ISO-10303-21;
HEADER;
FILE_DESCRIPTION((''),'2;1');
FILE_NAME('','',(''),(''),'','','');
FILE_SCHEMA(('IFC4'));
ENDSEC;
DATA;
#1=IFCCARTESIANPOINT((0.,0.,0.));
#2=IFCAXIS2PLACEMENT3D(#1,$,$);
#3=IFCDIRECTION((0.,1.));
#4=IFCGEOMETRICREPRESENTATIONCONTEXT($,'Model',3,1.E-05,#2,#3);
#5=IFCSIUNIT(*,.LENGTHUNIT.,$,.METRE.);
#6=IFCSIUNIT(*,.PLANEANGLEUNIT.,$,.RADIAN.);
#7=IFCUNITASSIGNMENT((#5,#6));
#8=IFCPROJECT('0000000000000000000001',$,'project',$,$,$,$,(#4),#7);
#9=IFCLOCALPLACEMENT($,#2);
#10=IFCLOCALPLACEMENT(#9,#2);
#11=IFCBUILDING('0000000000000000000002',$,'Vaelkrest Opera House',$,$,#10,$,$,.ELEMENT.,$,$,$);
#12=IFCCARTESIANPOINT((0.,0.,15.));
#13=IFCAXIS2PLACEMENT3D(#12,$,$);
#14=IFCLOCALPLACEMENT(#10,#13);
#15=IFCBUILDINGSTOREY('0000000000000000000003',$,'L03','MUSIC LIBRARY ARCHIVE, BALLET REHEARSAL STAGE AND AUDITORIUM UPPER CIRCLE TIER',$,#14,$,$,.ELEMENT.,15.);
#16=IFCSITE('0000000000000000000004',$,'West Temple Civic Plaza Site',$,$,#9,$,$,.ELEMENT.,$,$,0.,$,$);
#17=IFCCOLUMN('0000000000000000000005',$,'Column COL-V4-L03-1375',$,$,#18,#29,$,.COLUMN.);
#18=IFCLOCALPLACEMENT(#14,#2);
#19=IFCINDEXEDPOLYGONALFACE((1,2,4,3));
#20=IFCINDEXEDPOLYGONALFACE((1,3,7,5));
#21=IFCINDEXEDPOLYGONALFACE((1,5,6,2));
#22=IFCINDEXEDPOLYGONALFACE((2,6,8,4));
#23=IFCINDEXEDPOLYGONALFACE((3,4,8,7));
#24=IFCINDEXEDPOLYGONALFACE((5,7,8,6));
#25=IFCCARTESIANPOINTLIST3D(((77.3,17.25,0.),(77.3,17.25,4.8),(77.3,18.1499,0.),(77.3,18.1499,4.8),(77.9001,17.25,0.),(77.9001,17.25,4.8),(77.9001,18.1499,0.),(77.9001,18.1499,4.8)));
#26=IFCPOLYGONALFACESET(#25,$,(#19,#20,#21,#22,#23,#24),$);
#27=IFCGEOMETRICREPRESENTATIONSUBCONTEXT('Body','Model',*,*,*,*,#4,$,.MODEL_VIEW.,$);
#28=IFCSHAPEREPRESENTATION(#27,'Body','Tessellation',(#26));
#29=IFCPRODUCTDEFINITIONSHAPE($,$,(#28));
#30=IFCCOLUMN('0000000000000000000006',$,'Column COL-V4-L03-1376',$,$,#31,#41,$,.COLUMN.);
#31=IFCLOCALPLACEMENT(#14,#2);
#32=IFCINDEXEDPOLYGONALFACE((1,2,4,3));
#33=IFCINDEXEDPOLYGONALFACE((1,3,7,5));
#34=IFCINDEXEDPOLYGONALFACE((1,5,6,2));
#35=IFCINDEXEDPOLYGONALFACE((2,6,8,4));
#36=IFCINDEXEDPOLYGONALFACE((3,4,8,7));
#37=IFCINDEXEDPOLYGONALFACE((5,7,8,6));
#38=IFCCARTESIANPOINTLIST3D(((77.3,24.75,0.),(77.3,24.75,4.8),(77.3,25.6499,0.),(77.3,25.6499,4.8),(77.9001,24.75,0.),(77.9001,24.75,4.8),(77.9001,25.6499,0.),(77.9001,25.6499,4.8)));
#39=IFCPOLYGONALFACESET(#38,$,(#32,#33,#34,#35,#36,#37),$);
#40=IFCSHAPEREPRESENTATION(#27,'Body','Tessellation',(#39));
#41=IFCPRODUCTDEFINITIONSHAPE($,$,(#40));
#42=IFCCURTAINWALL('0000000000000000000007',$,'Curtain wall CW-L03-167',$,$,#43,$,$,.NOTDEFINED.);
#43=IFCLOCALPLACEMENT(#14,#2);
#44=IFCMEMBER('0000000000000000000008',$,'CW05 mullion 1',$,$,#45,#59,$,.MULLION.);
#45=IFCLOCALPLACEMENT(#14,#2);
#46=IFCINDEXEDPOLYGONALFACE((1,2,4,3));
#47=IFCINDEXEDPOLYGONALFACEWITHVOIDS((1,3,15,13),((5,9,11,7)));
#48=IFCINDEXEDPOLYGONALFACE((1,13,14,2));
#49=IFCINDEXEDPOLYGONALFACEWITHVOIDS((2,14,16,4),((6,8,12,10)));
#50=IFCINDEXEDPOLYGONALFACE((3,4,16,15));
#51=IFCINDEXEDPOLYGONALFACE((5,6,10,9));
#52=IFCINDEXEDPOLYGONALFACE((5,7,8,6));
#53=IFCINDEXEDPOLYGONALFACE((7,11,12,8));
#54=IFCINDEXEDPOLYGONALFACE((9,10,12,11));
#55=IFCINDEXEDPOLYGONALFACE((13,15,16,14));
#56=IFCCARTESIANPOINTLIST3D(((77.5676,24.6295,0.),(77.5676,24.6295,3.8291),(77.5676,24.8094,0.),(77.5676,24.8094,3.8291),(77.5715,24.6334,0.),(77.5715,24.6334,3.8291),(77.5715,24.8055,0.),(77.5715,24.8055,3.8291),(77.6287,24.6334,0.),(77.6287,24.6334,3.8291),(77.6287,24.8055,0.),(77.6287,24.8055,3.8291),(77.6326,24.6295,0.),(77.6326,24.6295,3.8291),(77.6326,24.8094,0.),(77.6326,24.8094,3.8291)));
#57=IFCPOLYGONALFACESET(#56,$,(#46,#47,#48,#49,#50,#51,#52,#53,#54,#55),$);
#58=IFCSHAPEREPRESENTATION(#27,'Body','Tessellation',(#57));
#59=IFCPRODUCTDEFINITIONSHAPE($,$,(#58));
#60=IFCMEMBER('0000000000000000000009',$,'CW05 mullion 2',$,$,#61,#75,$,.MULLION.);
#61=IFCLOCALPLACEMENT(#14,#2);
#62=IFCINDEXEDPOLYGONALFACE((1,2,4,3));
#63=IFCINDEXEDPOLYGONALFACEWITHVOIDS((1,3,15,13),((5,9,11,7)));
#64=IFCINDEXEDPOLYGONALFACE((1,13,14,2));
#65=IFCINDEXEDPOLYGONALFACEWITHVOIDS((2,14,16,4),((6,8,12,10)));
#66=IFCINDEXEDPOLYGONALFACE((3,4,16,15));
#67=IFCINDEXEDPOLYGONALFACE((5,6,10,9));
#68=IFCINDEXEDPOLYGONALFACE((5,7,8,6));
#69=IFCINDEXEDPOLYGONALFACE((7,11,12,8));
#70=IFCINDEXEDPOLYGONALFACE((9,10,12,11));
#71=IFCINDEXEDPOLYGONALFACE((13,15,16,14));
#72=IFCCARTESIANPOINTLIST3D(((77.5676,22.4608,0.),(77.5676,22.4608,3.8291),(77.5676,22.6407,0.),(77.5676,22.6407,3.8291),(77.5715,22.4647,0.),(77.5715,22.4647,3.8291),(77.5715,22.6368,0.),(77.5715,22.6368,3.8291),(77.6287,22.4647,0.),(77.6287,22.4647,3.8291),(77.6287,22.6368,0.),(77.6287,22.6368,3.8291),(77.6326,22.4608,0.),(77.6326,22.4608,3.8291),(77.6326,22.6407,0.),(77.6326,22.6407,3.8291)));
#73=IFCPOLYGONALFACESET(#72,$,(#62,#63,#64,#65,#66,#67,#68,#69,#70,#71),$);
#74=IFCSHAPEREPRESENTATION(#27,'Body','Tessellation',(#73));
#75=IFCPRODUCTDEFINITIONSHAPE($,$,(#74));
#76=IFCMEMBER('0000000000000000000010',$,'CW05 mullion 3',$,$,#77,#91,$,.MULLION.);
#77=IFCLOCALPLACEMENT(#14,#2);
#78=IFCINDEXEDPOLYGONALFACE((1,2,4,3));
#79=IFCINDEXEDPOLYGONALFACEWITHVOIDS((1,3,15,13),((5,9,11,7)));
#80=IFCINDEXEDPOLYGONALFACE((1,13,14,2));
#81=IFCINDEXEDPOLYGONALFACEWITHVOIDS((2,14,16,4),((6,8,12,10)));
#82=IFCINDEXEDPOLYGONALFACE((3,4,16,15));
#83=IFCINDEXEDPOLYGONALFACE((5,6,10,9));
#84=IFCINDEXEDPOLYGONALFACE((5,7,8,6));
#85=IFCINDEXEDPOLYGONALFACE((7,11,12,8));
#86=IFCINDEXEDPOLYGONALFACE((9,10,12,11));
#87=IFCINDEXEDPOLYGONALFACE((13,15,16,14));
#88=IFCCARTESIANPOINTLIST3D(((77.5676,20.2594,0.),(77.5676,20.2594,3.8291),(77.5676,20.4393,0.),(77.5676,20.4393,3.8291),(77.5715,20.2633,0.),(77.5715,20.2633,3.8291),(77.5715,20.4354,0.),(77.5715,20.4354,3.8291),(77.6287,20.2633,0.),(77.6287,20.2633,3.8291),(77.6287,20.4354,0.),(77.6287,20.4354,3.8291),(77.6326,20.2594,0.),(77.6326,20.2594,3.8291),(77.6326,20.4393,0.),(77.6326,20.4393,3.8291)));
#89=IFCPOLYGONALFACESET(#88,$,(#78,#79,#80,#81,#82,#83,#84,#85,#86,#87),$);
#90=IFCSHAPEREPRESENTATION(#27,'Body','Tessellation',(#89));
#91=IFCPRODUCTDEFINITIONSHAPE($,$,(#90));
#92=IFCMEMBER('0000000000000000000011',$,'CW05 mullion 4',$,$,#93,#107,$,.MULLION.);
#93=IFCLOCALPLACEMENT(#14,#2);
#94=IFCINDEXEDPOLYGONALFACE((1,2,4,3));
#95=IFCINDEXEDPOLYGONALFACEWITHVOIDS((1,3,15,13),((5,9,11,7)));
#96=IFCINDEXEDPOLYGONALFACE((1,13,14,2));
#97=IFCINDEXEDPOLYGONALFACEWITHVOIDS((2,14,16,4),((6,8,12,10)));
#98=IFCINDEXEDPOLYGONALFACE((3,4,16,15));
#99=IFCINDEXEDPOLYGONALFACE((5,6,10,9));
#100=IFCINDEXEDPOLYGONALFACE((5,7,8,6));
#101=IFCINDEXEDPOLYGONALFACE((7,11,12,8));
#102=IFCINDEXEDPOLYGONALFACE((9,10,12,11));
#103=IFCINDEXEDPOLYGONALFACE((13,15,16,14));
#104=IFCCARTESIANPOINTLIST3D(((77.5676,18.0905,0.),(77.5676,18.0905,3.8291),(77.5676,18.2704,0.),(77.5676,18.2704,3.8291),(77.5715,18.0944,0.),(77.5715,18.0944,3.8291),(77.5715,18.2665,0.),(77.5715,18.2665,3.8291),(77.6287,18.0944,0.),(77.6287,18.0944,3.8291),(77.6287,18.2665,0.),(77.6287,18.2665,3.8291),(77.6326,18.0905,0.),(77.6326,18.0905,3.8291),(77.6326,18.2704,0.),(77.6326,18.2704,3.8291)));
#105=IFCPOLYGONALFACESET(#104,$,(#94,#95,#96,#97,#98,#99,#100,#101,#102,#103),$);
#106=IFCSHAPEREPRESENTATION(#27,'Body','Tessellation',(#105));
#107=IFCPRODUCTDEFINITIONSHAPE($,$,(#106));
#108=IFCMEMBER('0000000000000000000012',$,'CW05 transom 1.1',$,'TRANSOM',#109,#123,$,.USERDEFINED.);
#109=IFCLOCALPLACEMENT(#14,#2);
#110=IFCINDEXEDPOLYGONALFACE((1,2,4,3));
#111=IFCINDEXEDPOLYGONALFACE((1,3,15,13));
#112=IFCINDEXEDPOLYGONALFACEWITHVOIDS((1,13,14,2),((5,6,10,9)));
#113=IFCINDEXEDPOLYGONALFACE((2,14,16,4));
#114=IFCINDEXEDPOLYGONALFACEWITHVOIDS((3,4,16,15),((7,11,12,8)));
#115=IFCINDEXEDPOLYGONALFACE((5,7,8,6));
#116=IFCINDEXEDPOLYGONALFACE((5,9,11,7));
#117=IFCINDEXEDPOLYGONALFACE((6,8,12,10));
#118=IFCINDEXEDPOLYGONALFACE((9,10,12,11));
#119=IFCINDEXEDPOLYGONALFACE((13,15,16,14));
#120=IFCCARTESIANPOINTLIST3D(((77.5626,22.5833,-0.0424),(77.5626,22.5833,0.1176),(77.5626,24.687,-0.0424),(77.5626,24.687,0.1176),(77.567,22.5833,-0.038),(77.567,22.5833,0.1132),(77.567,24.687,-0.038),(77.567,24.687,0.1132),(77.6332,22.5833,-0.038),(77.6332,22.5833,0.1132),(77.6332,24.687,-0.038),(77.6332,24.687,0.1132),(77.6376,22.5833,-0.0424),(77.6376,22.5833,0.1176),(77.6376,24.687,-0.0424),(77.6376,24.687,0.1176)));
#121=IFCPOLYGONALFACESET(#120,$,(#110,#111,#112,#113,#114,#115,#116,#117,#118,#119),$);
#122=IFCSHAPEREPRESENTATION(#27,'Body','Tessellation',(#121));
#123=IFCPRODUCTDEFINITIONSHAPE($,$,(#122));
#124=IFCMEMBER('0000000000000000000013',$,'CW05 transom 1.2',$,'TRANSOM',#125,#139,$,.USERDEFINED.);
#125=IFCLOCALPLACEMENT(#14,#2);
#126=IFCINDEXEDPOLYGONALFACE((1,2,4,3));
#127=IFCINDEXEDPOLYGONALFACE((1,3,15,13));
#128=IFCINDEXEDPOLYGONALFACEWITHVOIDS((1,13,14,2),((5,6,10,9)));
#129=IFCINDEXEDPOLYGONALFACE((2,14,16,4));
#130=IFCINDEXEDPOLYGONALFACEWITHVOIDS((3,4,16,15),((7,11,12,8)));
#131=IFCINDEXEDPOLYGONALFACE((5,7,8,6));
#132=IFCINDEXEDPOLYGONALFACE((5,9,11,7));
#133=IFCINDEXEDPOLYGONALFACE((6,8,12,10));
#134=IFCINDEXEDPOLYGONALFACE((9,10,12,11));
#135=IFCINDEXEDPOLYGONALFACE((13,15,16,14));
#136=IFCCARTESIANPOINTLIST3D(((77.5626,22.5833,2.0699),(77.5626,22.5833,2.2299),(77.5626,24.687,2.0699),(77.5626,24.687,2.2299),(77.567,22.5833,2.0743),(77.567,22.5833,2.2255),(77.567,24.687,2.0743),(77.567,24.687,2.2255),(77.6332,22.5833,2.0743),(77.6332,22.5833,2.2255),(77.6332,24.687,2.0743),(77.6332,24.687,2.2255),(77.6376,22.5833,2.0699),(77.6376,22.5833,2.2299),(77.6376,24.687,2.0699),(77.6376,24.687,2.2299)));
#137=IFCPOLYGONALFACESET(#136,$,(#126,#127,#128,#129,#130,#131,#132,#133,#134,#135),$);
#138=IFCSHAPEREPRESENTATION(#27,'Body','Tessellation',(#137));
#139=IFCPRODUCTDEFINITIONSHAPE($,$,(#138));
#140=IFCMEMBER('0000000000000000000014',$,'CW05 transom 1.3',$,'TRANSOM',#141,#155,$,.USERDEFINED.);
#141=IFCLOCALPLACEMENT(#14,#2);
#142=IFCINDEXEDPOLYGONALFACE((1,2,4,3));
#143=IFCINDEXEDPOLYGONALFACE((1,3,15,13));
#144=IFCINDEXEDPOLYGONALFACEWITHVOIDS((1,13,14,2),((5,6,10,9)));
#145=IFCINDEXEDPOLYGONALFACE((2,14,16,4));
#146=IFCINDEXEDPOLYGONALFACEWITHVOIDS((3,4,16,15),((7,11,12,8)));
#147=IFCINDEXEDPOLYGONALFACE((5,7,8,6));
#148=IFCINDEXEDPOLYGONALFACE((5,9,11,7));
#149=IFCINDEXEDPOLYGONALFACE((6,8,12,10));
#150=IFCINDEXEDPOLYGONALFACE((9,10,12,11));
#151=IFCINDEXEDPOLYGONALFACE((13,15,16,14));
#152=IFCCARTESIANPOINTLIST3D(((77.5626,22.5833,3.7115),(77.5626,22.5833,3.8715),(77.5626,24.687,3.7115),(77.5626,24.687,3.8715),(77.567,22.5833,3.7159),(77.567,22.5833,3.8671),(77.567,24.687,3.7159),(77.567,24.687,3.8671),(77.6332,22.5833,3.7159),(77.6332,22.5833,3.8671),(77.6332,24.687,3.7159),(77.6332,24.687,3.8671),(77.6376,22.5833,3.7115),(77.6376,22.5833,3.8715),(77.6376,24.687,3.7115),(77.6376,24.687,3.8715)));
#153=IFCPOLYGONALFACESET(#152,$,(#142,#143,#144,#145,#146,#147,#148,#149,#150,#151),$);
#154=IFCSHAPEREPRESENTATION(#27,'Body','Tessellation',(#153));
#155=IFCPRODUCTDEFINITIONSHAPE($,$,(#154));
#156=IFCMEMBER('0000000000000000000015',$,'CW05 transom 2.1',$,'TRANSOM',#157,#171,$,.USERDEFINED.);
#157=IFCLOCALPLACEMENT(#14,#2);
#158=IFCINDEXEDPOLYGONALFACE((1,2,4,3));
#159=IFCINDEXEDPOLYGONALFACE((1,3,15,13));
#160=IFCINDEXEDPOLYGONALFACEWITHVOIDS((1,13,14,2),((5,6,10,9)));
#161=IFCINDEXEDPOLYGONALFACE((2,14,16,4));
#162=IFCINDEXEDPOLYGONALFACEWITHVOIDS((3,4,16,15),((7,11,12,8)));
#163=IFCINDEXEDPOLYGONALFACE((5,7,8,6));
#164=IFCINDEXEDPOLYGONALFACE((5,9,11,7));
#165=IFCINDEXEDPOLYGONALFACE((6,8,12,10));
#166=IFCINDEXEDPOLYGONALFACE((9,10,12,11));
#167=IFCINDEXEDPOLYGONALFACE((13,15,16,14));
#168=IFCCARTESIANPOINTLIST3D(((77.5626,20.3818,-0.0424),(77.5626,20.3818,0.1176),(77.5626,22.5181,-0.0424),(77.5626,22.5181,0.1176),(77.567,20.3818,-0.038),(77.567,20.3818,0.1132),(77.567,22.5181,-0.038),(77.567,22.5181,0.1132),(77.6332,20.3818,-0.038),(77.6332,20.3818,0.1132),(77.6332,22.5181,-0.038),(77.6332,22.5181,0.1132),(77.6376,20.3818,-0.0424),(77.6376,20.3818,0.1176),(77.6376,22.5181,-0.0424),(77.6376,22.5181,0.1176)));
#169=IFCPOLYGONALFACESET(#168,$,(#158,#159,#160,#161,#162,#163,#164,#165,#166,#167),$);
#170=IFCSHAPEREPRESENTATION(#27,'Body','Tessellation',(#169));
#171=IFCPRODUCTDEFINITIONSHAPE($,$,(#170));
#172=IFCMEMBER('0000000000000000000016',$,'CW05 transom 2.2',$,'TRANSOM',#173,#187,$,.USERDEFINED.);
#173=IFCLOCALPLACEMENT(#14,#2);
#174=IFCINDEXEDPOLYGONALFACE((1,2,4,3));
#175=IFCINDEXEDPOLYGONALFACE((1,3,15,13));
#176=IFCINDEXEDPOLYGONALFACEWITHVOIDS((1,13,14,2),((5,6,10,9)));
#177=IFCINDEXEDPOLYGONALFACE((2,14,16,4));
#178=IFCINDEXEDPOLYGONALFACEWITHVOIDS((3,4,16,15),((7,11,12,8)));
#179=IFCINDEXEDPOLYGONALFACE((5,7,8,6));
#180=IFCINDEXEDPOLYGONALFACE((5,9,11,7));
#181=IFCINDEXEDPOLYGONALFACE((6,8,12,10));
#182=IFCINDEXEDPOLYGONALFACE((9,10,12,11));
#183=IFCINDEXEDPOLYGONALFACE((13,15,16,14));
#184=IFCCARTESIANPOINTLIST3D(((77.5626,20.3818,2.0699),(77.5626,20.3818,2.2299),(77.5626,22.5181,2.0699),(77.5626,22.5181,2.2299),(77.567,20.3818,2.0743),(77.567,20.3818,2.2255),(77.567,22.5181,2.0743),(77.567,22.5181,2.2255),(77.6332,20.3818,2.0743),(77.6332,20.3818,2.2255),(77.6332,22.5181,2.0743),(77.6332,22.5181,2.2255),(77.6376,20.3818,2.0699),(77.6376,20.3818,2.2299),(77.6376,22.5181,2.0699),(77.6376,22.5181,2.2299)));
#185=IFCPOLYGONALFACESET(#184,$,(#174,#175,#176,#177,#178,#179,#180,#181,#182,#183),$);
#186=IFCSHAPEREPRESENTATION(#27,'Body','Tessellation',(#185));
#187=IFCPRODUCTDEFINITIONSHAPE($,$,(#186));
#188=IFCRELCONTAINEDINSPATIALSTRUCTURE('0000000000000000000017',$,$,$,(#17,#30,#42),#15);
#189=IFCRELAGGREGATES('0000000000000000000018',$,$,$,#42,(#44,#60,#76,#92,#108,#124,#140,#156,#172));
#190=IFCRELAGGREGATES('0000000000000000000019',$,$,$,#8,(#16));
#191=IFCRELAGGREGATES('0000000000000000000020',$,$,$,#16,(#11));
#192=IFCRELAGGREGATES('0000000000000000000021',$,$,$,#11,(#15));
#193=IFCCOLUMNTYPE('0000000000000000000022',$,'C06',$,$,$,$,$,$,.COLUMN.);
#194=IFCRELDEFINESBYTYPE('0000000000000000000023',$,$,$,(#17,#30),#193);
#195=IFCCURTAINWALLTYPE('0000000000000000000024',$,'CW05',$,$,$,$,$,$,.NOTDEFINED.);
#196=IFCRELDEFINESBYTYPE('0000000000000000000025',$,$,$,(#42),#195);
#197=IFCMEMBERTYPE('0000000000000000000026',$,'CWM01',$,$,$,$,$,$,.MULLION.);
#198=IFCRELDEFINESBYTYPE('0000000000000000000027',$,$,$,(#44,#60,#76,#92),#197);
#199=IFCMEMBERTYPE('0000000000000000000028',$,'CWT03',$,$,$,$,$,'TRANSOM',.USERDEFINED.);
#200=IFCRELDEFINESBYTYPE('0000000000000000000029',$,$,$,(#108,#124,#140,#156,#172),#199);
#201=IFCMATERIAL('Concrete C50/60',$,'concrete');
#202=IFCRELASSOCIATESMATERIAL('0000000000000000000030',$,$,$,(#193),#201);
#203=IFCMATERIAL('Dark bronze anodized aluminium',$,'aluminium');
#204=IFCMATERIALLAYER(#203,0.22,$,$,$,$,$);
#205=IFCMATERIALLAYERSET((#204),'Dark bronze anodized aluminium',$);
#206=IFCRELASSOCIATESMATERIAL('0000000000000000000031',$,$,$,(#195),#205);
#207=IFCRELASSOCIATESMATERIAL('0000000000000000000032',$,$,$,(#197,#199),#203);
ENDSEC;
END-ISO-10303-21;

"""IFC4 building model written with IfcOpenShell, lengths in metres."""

from ifc_helpers import new_model, si_unit, direction, frame, origin, origin_2d, place, context, subcontext, project, spatial, rectangle, hollow_rectangle, extrude, material, layer, layer_set, material_profile, profile_set, type_object, element, aggregate, save


model = new_model("IFC4")

# Units and contexts
model_context = context("Model", 3, precision=1e-05, world=origin(), true_north=direction((0.0, 1.0)))
body_context = subcontext(model_context, "Body", "Model", "MODEL_VIEW")
ifc_project = project(units=[si_unit("LENGTHUNIT", "METRE"), si_unit("PLANEANGLEUNIT", "RADIAN")], contexts=[model_context])

# Site, building, storey
site_placement = place(None, origin())
site = spatial("IfcSite", under=ifc_project, at=site_placement, Name="West Temple Civic Plaza Site", CompositionType="ELEMENT", RefElevation=0.0)
building_placement = place(site_placement, origin())
building = spatial("IfcBuilding", under=site, at=building_placement, Name="Vaelkrest Opera House", CompositionType="ELEMENT")
storey_placement = place(building_placement, frame((0.0, 0.0, 15.0)))
storey = spatial("IfcBuildingStorey", under=building, at=storey_placement, Name="L03", Description="MUSIC LIBRARY ARCHIVE, BALLET REHEARSAL STAGE AND AUDITORIUM UPPER CIRCLE TIER", CompositionType="ELEMENT", Elevation=15.0)

# Columns
ifc_material_1 = material(Name="Concrete C50/60", Category="concrete")
ifc_material_profile_1 = material_profile(ifc_material_1, rectangle(XDim=0.6001, YDim=0.8999, at=origin_2d()), Name="RC600X900")
ifc_profile_set_1 = profile_set([ifc_material_profile_1], Name="Concrete C50/60")
column_type = type_object("IfcColumnType", Name="C06", PredefinedType="COLUMN", material=ifc_profile_set_1)
for number, where, z_axis, x_axis, name in (
    (1, (77.6001, 17.7, 0.0), (0.0, 0.0, 1.0), (1.0, 0.0, 0.0), "Column COL-V4-L03-1375"),
    (2, (77.6001, 25.2, 0.0), (0.0, 0.0, 1.0), (1.0, 0.0, 0.0), "Column COL-V4-L03-1376"),
):
    element("IfcColumn", number, at=place(storey_placement, frame(where, z_axis=z_axis, x_axis=x_axis)), inside=storey, type_object=column_type, Name=name, PredefinedType="COLUMN", context=body_context, shape_type="SweptSolid", body=[
        extrude(rectangle(XDim=0.6001, YDim=0.8999, at=origin_2d()), origin(), (0.0, 0.0, 1.0), 4.8),
    ])

# Curtain wall, members
ifc_material_2 = material(Name="Dark bronze anodized aluminium", Category="aluminium")
ifc_layer_1 = layer(ifc_material_2, 0.22)
ifc_layer_set_1 = layer_set([ifc_layer_1], Name="Dark bronze anodized aluminium")
curtain_wall_type = type_object("IfcCurtainWallType", Name="CW05", PredefinedType="NOTDEFINED", material=ifc_layer_set_1)
curtain_wall_placement = place(storey_placement, origin())
curtain_wall = element("IfcCurtainWall", 3, at=curtain_wall_placement, inside=storey, type_object=curtain_wall_type, Name="Curtain wall CW-L03-167", PredefinedType="NOTDEFINED")
ifc_material_profile_2 = material_profile(ifc_material_2, hollow_rectangle(XDim=0.0649, YDim=0.1799, WallThickness=0.0039, at=origin_2d()), Name="CWM65X180")
ifc_profile_set_2 = profile_set([ifc_material_profile_2], Name="Dark bronze anodized aluminium")
member_type_1 = type_object("IfcMemberType", Name="CWM01", PredefinedType="MULLION", material=ifc_profile_set_2)
member_1_placement = place(storey_placement, frame((77.6001, 24.7195, 0.0), z_axis=(0.0, 0.0, 1.0), x_axis=(1.0, 0.0, 0.0)))
member_1 = element("IfcMember", 4, at=member_1_placement, type_object=member_type_1, Name="CW05 mullion 1", PredefinedType="MULLION", context=body_context, shape_type="SweptSolid", body=[
    extrude(hollow_rectangle(XDim=0.0649, YDim=0.1799, WallThickness=0.0039, at=origin_2d()), origin(), (0.0, 0.0, 1.0), 3.8291),
])
member_2_placement = place(storey_placement, frame((77.6001, 22.5508, 0.0), z_axis=(0.0, 0.0, 1.0), x_axis=(1.0, 0.0, 0.0)))
member_2 = element("IfcMember", 5, at=member_2_placement, type_object=member_type_1, Name="CW05 mullion 2", PredefinedType="MULLION", context=body_context, shape_type="SweptSolid", body=[
    extrude(hollow_rectangle(XDim=0.0649, YDim=0.1799, WallThickness=0.0039, at=origin_2d()), origin(), (0.0, 0.0, 1.0), 3.8291),
])
member_3_placement = place(storey_placement, frame((77.6001, 20.3494, 0.0), z_axis=(0.0, 0.0, 1.0), x_axis=(1.0, 0.0, 0.0)))
member_3 = element("IfcMember", 6, at=member_3_placement, type_object=member_type_1, Name="CW05 mullion 3", PredefinedType="MULLION", context=body_context, shape_type="SweptSolid", body=[
    extrude(hollow_rectangle(XDim=0.0649, YDim=0.1799, WallThickness=0.0039, at=origin_2d()), origin(), (0.0, 0.0, 1.0), 3.8291),
])
member_4_placement = place(storey_placement, frame((77.6001, 18.1804, 0.0), z_axis=(0.0, 0.0, 1.0), x_axis=(1.0, 0.0, 0.0)))
member_4 = element("IfcMember", 7, at=member_4_placement, type_object=member_type_1, Name="CW05 mullion 4", PredefinedType="MULLION", context=body_context, shape_type="SweptSolid", body=[
    extrude(hollow_rectangle(XDim=0.0649, YDim=0.1799, WallThickness=0.0039, at=origin_2d()), origin(), (0.0, 0.0, 1.0), 3.8291),
])
ifc_material_profile_3 = material_profile(ifc_material_2, hollow_rectangle(XDim=0.075, YDim=0.1599, WallThickness=0.0044, at=origin_2d()), Name="CWT75X160")
ifc_profile_set_3 = profile_set([ifc_material_profile_3], Name="Dark bronze anodized aluminium")
member_type_2 = type_object("IfcMemberType", Name="CWT03", ElementType="TRANSOM", PredefinedType="USERDEFINED", material=ifc_profile_set_3)
member_5_placement = place(storey_placement, frame((77.6001, 24.687, 0.0376), z_axis=(0.0, -1.0, 0.0), x_axis=(1.0, 0.0, 0.0)))
member_5 = element("IfcMember", 8, at=member_5_placement, type_object=member_type_2, Name="CW05 transom 1.1", ObjectType="TRANSOM", PredefinedType="USERDEFINED", context=body_context, shape_type="SweptSolid", body=[
    extrude(hollow_rectangle(XDim=0.075, YDim=0.1599, WallThickness=0.0044, at=origin_2d()), origin(), (0.0, 0.0, 1.0), 2.1038),
])
member_6_placement = place(storey_placement, frame((77.6001, 24.687, 2.1499), z_axis=(0.0, -1.0, 0.0), x_axis=(1.0, 0.0, 0.0)))
member_6 = element("IfcMember", 9, at=member_6_placement, type_object=member_type_2, Name="CW05 transom 1.2", ObjectType="TRANSOM", PredefinedType="USERDEFINED", context=body_context, shape_type="SweptSolid", body=[
    extrude(hollow_rectangle(XDim=0.075, YDim=0.1599, WallThickness=0.0044, at=origin_2d()), origin(), (0.0, 0.0, 1.0), 2.1038),
])
member_7_placement = place(storey_placement, frame((77.6001, 24.687, 3.7915), z_axis=(0.0, -1.0, 0.0), x_axis=(1.0, 0.0, 0.0)))
member_7 = element("IfcMember", 10, at=member_7_placement, type_object=member_type_2, Name="CW05 transom 1.3", ObjectType="TRANSOM", PredefinedType="USERDEFINED", context=body_context, shape_type="SweptSolid", body=[
    extrude(hollow_rectangle(XDim=0.075, YDim=0.1599, WallThickness=0.0044, at=origin_2d()), origin(), (0.0, 0.0, 1.0), 2.1038),
])
member_8_placement = place(storey_placement, frame((77.6001, 22.5181, 0.0376), z_axis=(0.0, -1.0, 0.0), x_axis=(1.0, 0.0, 0.0)))
member_8 = element("IfcMember", 11, at=member_8_placement, type_object=member_type_2, Name="CW05 transom 2.1", ObjectType="TRANSOM", PredefinedType="USERDEFINED", context=body_context, shape_type="SweptSolid", body=[
    extrude(hollow_rectangle(XDim=0.075, YDim=0.1599, WallThickness=0.0044, at=origin_2d()), origin(), (0.0, 0.0, 1.0), 2.1362),
])
member_9_placement = place(storey_placement, frame((77.6001, 22.5181, 2.1499), z_axis=(0.0, -1.0, 0.0), x_axis=(1.0, 0.0, 0.0)))
member_9 = element("IfcMember", 12, at=member_9_placement, type_object=member_type_2, Name="CW05 transom 2.2", ObjectType="TRANSOM", PredefinedType="USERDEFINED", context=body_context, shape_type="SweptSolid", body=[
    extrude(hollow_rectangle(XDim=0.075, YDim=0.1599, WallThickness=0.0044, at=origin_2d()), origin(), (0.0, 0.0, 1.0), 2.1362),
])

aggregate(curtain_wall, [member_1, member_2, member_3, member_4, member_5, member_6, member_7, member_8, member_9])

save(model, "model.ifc")
